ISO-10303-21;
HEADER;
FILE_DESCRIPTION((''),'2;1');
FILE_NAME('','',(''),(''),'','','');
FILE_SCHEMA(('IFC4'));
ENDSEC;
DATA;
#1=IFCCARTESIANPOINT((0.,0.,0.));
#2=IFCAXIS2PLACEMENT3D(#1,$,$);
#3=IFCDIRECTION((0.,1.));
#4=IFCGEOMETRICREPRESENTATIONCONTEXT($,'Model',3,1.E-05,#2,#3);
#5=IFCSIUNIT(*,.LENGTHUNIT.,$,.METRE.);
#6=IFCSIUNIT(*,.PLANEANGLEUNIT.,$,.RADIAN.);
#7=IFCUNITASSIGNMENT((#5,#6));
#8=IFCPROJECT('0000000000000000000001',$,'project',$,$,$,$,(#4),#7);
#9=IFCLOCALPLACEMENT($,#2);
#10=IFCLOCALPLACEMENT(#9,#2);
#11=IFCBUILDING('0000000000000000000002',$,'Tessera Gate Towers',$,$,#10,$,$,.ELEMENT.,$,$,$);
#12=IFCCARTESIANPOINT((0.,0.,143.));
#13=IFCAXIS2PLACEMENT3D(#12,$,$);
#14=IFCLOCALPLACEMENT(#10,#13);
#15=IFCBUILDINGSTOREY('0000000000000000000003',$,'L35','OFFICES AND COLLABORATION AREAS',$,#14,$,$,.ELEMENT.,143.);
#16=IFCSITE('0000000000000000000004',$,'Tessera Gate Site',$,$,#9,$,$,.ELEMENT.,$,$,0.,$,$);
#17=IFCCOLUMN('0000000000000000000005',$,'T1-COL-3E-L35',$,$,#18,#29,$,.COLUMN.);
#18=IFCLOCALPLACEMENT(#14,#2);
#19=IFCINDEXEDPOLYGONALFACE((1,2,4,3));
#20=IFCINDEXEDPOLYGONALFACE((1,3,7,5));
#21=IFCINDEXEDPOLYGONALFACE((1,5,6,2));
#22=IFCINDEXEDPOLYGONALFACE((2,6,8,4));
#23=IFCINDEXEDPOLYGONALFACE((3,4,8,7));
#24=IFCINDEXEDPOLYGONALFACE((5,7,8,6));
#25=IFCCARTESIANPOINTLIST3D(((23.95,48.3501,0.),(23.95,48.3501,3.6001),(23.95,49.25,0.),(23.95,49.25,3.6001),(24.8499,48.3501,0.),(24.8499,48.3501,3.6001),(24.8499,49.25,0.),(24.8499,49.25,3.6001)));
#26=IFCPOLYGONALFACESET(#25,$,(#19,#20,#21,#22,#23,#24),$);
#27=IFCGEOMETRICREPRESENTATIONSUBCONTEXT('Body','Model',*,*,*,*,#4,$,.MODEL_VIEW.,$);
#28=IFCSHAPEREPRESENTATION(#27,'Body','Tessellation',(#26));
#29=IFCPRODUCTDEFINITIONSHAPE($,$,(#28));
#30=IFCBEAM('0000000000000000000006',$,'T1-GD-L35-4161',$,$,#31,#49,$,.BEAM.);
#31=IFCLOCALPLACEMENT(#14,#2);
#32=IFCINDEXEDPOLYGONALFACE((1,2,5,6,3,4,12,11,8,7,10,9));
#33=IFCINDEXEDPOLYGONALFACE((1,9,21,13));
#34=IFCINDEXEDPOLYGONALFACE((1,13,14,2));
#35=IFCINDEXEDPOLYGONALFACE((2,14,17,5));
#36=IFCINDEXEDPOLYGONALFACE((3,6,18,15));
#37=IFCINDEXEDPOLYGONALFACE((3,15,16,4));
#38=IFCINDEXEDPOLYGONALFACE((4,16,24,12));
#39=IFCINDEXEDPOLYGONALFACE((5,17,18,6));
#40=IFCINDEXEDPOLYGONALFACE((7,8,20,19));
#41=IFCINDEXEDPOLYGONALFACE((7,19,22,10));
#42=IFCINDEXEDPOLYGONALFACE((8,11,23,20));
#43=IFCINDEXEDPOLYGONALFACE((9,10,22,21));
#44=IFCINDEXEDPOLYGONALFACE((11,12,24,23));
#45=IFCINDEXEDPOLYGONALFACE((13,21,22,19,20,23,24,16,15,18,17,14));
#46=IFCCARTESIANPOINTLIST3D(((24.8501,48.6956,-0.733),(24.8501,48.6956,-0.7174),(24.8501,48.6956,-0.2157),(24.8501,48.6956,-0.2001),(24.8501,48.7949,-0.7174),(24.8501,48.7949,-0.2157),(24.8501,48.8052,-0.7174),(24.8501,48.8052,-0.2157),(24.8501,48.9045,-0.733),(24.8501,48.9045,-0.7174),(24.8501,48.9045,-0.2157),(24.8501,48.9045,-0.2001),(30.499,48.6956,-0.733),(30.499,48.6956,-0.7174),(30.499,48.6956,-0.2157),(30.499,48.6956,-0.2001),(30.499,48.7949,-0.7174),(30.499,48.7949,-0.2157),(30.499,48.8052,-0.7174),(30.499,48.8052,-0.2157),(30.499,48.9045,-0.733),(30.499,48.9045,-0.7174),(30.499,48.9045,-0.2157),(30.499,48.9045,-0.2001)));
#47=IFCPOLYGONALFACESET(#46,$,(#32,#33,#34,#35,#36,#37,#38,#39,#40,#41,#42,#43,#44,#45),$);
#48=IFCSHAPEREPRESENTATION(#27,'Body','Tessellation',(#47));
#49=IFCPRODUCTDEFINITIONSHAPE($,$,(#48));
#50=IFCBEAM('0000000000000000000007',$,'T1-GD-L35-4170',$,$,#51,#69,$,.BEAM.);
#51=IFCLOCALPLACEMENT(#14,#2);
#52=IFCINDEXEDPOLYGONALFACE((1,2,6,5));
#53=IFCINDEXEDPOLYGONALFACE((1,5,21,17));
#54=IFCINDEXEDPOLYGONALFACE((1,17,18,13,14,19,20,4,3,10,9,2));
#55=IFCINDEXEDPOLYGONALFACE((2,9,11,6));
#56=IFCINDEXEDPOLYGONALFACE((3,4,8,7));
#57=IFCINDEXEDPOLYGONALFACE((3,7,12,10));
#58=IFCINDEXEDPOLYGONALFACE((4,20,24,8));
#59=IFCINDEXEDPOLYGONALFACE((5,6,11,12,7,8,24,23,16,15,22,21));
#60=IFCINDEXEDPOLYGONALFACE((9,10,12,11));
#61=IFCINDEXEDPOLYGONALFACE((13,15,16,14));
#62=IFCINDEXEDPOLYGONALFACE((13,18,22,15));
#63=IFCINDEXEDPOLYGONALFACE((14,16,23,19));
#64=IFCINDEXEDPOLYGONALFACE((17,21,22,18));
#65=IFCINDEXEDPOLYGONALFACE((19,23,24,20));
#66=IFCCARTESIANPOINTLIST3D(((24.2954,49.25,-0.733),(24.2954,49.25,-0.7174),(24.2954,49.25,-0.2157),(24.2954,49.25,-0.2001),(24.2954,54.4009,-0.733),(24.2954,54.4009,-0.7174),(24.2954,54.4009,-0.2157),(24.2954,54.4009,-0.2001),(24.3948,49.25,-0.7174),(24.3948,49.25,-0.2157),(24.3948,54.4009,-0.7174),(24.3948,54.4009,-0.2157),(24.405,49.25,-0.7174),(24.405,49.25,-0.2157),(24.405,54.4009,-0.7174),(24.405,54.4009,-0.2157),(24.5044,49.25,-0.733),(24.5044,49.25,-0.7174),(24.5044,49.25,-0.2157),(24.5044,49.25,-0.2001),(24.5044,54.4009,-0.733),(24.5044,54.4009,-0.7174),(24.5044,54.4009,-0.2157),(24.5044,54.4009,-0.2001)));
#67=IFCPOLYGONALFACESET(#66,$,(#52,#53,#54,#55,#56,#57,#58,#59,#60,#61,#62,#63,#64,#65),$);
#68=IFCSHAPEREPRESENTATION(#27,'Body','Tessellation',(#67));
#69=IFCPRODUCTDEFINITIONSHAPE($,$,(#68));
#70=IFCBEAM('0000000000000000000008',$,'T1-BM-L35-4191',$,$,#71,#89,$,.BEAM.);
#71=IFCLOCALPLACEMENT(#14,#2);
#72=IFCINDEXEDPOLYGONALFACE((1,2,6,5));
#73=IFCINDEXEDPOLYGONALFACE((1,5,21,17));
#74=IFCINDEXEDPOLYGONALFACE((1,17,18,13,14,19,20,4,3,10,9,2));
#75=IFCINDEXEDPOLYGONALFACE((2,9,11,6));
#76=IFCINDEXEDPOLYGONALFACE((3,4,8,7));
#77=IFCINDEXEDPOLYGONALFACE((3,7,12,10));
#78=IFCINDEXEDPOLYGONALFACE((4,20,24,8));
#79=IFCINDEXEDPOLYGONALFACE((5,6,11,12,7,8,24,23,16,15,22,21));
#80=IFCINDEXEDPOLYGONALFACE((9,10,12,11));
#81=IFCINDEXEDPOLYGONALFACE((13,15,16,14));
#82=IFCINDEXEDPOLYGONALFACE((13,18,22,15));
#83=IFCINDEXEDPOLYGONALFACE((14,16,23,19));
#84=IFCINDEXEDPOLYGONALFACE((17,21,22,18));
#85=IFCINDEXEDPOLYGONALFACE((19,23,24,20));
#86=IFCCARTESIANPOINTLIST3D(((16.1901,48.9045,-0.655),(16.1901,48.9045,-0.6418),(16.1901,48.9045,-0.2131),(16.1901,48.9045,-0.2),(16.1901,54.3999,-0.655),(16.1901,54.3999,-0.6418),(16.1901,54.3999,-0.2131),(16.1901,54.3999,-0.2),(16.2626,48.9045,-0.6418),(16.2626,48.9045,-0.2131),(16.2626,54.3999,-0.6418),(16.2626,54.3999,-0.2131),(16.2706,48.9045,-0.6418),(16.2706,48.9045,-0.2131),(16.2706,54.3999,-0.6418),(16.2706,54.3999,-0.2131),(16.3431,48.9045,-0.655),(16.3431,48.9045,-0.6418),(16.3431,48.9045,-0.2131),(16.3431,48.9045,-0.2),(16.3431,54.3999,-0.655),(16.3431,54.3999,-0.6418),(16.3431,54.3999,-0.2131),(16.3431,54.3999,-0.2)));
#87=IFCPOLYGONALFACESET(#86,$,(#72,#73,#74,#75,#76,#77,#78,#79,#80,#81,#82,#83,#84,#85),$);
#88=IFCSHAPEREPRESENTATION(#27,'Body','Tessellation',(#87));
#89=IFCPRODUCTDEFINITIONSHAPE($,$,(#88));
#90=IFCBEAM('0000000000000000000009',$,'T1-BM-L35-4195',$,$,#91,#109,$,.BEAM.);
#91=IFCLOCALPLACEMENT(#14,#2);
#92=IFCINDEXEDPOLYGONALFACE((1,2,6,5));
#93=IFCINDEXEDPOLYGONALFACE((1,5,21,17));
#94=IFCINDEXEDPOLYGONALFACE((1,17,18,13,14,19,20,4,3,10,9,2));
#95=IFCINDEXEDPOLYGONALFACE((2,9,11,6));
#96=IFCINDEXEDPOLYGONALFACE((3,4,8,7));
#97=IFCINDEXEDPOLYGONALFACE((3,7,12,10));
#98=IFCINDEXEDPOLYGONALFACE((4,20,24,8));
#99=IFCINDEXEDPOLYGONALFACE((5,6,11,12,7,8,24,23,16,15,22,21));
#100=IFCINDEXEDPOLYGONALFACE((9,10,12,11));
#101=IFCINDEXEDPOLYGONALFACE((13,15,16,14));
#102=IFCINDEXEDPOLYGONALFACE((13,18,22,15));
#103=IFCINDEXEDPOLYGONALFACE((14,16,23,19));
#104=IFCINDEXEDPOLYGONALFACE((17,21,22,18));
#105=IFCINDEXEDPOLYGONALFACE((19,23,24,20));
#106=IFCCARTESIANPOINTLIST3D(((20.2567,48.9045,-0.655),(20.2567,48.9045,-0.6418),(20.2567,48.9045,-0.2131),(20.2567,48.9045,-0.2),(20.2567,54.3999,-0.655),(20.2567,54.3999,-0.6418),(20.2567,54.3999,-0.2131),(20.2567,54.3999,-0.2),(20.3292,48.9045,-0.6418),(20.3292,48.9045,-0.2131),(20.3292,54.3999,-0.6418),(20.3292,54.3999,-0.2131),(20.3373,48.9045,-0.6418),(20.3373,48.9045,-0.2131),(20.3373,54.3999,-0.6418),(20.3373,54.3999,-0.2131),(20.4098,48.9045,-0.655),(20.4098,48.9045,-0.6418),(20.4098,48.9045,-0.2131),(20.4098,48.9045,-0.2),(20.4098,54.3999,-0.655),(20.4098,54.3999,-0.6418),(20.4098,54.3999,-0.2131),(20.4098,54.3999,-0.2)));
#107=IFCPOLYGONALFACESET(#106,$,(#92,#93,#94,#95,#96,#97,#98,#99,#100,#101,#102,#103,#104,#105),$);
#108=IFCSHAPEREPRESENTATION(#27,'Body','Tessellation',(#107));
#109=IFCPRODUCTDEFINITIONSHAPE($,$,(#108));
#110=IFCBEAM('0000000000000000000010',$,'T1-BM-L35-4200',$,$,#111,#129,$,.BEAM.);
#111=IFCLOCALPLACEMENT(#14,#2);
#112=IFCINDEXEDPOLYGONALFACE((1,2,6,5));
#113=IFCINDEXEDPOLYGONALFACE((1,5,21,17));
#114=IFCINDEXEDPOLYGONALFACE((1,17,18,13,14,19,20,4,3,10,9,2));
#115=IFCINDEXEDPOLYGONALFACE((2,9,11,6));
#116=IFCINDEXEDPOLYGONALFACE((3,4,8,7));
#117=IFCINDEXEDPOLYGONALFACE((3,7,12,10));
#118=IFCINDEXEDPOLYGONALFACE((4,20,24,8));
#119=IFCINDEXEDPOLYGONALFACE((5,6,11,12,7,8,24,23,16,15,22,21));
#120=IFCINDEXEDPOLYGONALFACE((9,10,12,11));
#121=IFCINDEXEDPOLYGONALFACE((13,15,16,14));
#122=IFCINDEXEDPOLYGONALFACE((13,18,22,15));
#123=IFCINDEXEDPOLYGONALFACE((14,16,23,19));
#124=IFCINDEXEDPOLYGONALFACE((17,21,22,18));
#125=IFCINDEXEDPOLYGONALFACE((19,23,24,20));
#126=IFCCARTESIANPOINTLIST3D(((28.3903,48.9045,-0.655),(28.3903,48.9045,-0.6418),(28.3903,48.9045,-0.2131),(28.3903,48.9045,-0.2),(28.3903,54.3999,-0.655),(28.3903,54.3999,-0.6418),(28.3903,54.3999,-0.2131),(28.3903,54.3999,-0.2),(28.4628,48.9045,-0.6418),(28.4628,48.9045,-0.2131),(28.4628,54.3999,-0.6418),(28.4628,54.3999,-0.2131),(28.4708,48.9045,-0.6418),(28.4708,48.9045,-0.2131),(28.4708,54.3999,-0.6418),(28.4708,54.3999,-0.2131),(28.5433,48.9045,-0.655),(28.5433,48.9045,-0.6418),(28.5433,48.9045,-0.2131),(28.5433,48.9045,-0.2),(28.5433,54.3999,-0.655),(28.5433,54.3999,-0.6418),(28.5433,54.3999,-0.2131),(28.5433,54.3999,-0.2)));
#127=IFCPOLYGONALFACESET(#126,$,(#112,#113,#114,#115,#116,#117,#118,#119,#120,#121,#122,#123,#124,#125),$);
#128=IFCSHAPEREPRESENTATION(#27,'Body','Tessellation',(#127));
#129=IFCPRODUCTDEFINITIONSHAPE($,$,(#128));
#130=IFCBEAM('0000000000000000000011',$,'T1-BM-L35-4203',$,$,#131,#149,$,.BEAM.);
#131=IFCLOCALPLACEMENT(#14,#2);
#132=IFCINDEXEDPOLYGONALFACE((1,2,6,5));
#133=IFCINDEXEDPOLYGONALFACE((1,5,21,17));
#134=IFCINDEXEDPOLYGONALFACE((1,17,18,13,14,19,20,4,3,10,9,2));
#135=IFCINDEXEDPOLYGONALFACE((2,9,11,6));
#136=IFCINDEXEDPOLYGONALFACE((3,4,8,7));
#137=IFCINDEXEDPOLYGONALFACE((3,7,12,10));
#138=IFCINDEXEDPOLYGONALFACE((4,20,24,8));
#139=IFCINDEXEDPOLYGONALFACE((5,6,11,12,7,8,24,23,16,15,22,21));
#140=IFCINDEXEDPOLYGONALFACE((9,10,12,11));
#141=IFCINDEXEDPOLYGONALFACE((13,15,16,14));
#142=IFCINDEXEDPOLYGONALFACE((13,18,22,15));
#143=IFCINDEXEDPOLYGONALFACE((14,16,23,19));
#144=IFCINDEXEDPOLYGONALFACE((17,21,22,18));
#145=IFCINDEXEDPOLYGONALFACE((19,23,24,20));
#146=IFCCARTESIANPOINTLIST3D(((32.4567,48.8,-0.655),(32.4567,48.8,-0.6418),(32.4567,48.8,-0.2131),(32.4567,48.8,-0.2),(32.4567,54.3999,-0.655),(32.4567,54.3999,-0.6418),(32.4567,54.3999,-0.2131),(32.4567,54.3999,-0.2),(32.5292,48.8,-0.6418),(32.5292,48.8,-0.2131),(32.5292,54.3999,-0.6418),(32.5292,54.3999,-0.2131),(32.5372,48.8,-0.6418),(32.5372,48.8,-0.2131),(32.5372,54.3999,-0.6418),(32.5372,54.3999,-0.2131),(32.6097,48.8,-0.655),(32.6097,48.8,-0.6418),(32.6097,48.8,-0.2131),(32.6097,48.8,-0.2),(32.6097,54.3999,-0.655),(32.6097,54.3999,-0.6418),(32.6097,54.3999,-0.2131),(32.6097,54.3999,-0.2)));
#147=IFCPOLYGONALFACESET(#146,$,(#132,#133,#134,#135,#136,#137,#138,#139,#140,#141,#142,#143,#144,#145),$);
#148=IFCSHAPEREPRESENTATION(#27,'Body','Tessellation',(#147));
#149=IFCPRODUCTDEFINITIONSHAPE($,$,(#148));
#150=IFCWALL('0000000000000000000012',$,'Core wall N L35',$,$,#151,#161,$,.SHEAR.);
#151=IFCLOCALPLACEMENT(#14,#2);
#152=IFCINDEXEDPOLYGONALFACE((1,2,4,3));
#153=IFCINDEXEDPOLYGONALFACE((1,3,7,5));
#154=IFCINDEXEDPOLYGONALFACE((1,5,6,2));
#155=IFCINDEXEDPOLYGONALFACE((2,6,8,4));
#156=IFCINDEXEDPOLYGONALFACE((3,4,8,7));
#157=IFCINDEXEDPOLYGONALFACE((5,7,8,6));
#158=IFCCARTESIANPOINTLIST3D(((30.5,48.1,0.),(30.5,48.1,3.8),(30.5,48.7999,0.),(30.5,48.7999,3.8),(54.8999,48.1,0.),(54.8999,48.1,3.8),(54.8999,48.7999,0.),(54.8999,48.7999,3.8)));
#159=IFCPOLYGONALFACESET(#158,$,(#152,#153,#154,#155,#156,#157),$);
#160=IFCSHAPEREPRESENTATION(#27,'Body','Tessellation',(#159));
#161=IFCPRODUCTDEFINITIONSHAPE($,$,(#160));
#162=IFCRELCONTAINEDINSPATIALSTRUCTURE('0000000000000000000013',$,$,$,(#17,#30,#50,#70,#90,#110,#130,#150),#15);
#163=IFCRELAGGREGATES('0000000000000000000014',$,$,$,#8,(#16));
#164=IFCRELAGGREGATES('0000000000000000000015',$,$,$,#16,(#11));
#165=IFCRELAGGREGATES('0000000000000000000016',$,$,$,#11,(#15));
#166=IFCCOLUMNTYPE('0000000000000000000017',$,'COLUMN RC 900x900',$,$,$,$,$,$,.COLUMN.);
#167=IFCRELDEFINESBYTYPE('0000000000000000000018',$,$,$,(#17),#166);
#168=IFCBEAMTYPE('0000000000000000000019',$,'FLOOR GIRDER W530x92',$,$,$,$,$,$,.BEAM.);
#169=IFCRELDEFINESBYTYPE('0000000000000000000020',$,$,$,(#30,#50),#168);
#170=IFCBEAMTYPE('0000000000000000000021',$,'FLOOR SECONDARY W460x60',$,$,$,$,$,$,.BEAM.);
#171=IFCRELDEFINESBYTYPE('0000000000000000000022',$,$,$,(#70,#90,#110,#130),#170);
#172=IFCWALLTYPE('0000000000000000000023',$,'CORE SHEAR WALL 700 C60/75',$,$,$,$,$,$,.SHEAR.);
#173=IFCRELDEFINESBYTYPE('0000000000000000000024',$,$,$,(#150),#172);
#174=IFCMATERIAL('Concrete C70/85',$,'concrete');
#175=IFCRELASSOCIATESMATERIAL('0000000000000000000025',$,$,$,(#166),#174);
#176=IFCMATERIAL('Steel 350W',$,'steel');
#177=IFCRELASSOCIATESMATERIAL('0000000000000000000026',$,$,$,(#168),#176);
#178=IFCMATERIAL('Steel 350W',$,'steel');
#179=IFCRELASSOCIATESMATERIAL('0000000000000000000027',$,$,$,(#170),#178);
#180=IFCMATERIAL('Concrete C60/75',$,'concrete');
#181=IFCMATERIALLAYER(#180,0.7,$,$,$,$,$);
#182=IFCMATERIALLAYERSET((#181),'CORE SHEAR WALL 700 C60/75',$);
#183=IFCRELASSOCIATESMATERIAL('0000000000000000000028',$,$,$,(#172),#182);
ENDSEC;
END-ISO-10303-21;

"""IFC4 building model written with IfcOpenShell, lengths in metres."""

from ifc_helpers import new_model, si_unit, direction, frame, frame_2d, origin, origin_2d, place, context, subcontext, project, spatial, rectangle, i_section, extrude, material, layer, layer_set, material_profile, profile_set, type_object, element, save


model = new_model("IFC4")

# Units and contexts
model_context = context("Model", 3, precision=1e-05, world=origin(), true_north=direction((0.0, 1.0)))
body_context = subcontext(model_context, "Body", "Model", "MODEL_VIEW")
ifc_project = project(units=[si_unit("LENGTHUNIT", "METRE"), si_unit("PLANEANGLEUNIT", "RADIAN")], contexts=[model_context])

# Site, building, storey
site_placement = place(None, origin())
site = spatial("IfcSite", under=ifc_project, at=site_placement, Name="Tessera Gate Site", CompositionType="ELEMENT", RefElevation=0.0)
building_placement = place(site_placement, origin())
building = spatial("IfcBuilding", under=site, at=building_placement, Name="Tessera Gate Towers", CompositionType="ELEMENT")
storey_placement = place(building_placement, frame((0.0, 0.0, 143.0)))
storey = spatial("IfcBuildingStorey", under=building, at=storey_placement, Name="L35", Description="OFFICES AND COLLABORATION AREAS", CompositionType="ELEMENT", Elevation=143.0)

# Column
ifc_material_1 = material(Name="Concrete C70/85", Category="concrete")
ifc_material_profile_1 = material_profile(ifc_material_1, rectangle(XDim=0.8999, YDim=0.8999, at=origin_2d()), Name="RC 900x900")
ifc_profile_set_1 = profile_set([ifc_material_profile_1], Name="Concrete C70/85")
column_type = type_object("IfcColumnType", Name="COLUMN RC 900x900", PredefinedType="COLUMN", material=ifc_profile_set_1)
column_placement = place(storey_placement, frame((24.3999, 48.8, 0.0), z_axis=(0.0, 0.0, 1.0), x_axis=(1.0, 0.0, 0.0)))
element("IfcColumn", 1, at=column_placement, inside=storey, type_object=column_type, Name="T1-COL-3E-L35", PredefinedType="COLUMN", context=body_context, shape_type="SweptSolid", body=[
    extrude(rectangle(XDim=0.8999, YDim=0.8999, at=origin_2d()), origin(), (0.0, 0.0, 1.0), 3.6001),
])

# Beams
ifc_material_2 = material(Name="Steel 350W", Category="steel")
ifc_material_profile_2 = material_profile(ifc_material_2, i_section(OverallWidth=0.209, OverallDepth=0.533, WebThickness=0.0103, FlangeThickness=0.0156, at=origin_2d()), Name="W530x92")
ifc_profile_set_2 = profile_set([ifc_material_profile_2], Name="Steel 350W")
beam_type_1 = type_object("IfcBeamType", Name="FLOOR GIRDER W530x92", PredefinedType="BEAM", material=ifc_profile_set_2)
beam_1_placement = place(storey_placement, frame((24.8501, 48.8, -0.4666), z_axis=(1.0, 0.0, 0.0), x_axis=(0.0, 1.0, 0.0)))
element("IfcBeam", 2, at=beam_1_placement, inside=storey, type_object=beam_type_1, Name="T1-GD-L35-4161", PredefinedType="BEAM", context=body_context, shape_type="SweptSolid", body=[
    extrude(i_section(OverallWidth=0.209, OverallDepth=0.533, WebThickness=0.0103, FlangeThickness=0.0156, at=origin_2d()), origin(), (0.0, 0.0, 1.0), 5.6489),
])
beam_2_placement = place(storey_placement, frame((24.3999, 49.25, -0.4666), z_axis=(0.0, 1.0, 0.0), x_axis=(-1.0, 0.0, 0.0)))
element("IfcBeam", 3, at=beam_2_placement, inside=storey, type_object=beam_type_1, Name="T1-GD-L35-4170", PredefinedType="BEAM", context=body_context, shape_type="SweptSolid", body=[
    extrude(i_section(OverallWidth=0.209, OverallDepth=0.533, WebThickness=0.0103, FlangeThickness=0.0156, at=origin_2d()), origin(), (0.0, 0.0, 1.0), 5.1509),
])
ifc_material_3 = material(Name="Steel 350W", Category="steel")
ifc_material_profile_3 = material_profile(ifc_material_3, i_section(OverallWidth=0.1531, OverallDepth=0.4551, WebThickness=0.0081, FlangeThickness=0.0132, at=origin_2d()), Name="W460x60")
ifc_profile_set_3 = profile_set([ifc_material_profile_3], Name="Steel 350W")
beam_type_2 = type_object("IfcBeamType", Name="FLOOR SECONDARY W460x60", PredefinedType="BEAM", material=ifc_profile_set_3)
for number, where, z_axis, x_axis, name in (
    (4, (16.2666, 48.9045, -0.4275), (0.0, 1.0, 0.0), (-1.0, 0.0, 0.0), "T1-BM-L35-4191"),
    (5, (20.3333, 48.9045, -0.4275), (0.0, 1.0, 0.0), (-1.0, 0.0, 0.0), "T1-BM-L35-4195"),
    (6, (28.4668, 48.9045, -0.4275), (0.0, 1.0, 0.0), (-1.0, 0.0, 0.0), "T1-BM-L35-4200"),
):
    element("IfcBeam", number, at=place(storey_placement, frame(where, z_axis=z_axis, x_axis=x_axis)), inside=storey, type_object=beam_type_2, Name=name, PredefinedType="BEAM", context=body_context, shape_type="SweptSolid", body=[
        extrude(i_section(OverallWidth=0.1531, OverallDepth=0.4551, WebThickness=0.0081, FlangeThickness=0.0132, at=origin_2d()), origin(), (0.0, 0.0, 1.0), 5.4954),
    ])
beam_3_placement = place(storey_placement, frame((32.5332, 48.8, -0.4275), z_axis=(0.0, 1.0, 0.0), x_axis=(-1.0, 0.0, 0.0)))
element("IfcBeam", 7, at=beam_3_placement, inside=storey, type_object=beam_type_2, Name="T1-BM-L35-4203", PredefinedType="BEAM", context=body_context, shape_type="SweptSolid", body=[
    extrude(i_section(OverallWidth=0.1531, OverallDepth=0.4551, WebThickness=0.0081, FlangeThickness=0.0132, at=origin_2d()), origin(), (0.0, 0.0, 1.0), 5.5999),
])

# Wall
ifc_material_4 = material(Name="Concrete C60/75", Category="concrete")
ifc_layer_1 = layer(ifc_material_4, 0.7)
ifc_layer_set_1 = layer_set([ifc_layer_1], Name="CORE SHEAR WALL 700 C60/75")
wall_type_1 = type_object("IfcWallType", Name="CORE SHEAR WALL 700 C60/75", PredefinedType="SHEAR", material=ifc_layer_set_1)
wall_1_placement = place(storey_placement, frame((30.5, 48.45, 0.0), z_axis=(0.0, 0.0, 1.0), x_axis=(1.0, 0.0, 0.0)))
element("IfcWall", 8, at=wall_1_placement, inside=storey, type_object=wall_type_1, Name="Core wall N L35", PredefinedType="SHEAR", context=body_context, shape_type="SweptSolid", body=[
    extrude(rectangle(XDim=24.3999, YDim=0.7, at=frame_2d((12.2, 0.0))), origin(), (0.0, 0.0, 1.0), 3.8),
])

save(model, "model.ifc")
